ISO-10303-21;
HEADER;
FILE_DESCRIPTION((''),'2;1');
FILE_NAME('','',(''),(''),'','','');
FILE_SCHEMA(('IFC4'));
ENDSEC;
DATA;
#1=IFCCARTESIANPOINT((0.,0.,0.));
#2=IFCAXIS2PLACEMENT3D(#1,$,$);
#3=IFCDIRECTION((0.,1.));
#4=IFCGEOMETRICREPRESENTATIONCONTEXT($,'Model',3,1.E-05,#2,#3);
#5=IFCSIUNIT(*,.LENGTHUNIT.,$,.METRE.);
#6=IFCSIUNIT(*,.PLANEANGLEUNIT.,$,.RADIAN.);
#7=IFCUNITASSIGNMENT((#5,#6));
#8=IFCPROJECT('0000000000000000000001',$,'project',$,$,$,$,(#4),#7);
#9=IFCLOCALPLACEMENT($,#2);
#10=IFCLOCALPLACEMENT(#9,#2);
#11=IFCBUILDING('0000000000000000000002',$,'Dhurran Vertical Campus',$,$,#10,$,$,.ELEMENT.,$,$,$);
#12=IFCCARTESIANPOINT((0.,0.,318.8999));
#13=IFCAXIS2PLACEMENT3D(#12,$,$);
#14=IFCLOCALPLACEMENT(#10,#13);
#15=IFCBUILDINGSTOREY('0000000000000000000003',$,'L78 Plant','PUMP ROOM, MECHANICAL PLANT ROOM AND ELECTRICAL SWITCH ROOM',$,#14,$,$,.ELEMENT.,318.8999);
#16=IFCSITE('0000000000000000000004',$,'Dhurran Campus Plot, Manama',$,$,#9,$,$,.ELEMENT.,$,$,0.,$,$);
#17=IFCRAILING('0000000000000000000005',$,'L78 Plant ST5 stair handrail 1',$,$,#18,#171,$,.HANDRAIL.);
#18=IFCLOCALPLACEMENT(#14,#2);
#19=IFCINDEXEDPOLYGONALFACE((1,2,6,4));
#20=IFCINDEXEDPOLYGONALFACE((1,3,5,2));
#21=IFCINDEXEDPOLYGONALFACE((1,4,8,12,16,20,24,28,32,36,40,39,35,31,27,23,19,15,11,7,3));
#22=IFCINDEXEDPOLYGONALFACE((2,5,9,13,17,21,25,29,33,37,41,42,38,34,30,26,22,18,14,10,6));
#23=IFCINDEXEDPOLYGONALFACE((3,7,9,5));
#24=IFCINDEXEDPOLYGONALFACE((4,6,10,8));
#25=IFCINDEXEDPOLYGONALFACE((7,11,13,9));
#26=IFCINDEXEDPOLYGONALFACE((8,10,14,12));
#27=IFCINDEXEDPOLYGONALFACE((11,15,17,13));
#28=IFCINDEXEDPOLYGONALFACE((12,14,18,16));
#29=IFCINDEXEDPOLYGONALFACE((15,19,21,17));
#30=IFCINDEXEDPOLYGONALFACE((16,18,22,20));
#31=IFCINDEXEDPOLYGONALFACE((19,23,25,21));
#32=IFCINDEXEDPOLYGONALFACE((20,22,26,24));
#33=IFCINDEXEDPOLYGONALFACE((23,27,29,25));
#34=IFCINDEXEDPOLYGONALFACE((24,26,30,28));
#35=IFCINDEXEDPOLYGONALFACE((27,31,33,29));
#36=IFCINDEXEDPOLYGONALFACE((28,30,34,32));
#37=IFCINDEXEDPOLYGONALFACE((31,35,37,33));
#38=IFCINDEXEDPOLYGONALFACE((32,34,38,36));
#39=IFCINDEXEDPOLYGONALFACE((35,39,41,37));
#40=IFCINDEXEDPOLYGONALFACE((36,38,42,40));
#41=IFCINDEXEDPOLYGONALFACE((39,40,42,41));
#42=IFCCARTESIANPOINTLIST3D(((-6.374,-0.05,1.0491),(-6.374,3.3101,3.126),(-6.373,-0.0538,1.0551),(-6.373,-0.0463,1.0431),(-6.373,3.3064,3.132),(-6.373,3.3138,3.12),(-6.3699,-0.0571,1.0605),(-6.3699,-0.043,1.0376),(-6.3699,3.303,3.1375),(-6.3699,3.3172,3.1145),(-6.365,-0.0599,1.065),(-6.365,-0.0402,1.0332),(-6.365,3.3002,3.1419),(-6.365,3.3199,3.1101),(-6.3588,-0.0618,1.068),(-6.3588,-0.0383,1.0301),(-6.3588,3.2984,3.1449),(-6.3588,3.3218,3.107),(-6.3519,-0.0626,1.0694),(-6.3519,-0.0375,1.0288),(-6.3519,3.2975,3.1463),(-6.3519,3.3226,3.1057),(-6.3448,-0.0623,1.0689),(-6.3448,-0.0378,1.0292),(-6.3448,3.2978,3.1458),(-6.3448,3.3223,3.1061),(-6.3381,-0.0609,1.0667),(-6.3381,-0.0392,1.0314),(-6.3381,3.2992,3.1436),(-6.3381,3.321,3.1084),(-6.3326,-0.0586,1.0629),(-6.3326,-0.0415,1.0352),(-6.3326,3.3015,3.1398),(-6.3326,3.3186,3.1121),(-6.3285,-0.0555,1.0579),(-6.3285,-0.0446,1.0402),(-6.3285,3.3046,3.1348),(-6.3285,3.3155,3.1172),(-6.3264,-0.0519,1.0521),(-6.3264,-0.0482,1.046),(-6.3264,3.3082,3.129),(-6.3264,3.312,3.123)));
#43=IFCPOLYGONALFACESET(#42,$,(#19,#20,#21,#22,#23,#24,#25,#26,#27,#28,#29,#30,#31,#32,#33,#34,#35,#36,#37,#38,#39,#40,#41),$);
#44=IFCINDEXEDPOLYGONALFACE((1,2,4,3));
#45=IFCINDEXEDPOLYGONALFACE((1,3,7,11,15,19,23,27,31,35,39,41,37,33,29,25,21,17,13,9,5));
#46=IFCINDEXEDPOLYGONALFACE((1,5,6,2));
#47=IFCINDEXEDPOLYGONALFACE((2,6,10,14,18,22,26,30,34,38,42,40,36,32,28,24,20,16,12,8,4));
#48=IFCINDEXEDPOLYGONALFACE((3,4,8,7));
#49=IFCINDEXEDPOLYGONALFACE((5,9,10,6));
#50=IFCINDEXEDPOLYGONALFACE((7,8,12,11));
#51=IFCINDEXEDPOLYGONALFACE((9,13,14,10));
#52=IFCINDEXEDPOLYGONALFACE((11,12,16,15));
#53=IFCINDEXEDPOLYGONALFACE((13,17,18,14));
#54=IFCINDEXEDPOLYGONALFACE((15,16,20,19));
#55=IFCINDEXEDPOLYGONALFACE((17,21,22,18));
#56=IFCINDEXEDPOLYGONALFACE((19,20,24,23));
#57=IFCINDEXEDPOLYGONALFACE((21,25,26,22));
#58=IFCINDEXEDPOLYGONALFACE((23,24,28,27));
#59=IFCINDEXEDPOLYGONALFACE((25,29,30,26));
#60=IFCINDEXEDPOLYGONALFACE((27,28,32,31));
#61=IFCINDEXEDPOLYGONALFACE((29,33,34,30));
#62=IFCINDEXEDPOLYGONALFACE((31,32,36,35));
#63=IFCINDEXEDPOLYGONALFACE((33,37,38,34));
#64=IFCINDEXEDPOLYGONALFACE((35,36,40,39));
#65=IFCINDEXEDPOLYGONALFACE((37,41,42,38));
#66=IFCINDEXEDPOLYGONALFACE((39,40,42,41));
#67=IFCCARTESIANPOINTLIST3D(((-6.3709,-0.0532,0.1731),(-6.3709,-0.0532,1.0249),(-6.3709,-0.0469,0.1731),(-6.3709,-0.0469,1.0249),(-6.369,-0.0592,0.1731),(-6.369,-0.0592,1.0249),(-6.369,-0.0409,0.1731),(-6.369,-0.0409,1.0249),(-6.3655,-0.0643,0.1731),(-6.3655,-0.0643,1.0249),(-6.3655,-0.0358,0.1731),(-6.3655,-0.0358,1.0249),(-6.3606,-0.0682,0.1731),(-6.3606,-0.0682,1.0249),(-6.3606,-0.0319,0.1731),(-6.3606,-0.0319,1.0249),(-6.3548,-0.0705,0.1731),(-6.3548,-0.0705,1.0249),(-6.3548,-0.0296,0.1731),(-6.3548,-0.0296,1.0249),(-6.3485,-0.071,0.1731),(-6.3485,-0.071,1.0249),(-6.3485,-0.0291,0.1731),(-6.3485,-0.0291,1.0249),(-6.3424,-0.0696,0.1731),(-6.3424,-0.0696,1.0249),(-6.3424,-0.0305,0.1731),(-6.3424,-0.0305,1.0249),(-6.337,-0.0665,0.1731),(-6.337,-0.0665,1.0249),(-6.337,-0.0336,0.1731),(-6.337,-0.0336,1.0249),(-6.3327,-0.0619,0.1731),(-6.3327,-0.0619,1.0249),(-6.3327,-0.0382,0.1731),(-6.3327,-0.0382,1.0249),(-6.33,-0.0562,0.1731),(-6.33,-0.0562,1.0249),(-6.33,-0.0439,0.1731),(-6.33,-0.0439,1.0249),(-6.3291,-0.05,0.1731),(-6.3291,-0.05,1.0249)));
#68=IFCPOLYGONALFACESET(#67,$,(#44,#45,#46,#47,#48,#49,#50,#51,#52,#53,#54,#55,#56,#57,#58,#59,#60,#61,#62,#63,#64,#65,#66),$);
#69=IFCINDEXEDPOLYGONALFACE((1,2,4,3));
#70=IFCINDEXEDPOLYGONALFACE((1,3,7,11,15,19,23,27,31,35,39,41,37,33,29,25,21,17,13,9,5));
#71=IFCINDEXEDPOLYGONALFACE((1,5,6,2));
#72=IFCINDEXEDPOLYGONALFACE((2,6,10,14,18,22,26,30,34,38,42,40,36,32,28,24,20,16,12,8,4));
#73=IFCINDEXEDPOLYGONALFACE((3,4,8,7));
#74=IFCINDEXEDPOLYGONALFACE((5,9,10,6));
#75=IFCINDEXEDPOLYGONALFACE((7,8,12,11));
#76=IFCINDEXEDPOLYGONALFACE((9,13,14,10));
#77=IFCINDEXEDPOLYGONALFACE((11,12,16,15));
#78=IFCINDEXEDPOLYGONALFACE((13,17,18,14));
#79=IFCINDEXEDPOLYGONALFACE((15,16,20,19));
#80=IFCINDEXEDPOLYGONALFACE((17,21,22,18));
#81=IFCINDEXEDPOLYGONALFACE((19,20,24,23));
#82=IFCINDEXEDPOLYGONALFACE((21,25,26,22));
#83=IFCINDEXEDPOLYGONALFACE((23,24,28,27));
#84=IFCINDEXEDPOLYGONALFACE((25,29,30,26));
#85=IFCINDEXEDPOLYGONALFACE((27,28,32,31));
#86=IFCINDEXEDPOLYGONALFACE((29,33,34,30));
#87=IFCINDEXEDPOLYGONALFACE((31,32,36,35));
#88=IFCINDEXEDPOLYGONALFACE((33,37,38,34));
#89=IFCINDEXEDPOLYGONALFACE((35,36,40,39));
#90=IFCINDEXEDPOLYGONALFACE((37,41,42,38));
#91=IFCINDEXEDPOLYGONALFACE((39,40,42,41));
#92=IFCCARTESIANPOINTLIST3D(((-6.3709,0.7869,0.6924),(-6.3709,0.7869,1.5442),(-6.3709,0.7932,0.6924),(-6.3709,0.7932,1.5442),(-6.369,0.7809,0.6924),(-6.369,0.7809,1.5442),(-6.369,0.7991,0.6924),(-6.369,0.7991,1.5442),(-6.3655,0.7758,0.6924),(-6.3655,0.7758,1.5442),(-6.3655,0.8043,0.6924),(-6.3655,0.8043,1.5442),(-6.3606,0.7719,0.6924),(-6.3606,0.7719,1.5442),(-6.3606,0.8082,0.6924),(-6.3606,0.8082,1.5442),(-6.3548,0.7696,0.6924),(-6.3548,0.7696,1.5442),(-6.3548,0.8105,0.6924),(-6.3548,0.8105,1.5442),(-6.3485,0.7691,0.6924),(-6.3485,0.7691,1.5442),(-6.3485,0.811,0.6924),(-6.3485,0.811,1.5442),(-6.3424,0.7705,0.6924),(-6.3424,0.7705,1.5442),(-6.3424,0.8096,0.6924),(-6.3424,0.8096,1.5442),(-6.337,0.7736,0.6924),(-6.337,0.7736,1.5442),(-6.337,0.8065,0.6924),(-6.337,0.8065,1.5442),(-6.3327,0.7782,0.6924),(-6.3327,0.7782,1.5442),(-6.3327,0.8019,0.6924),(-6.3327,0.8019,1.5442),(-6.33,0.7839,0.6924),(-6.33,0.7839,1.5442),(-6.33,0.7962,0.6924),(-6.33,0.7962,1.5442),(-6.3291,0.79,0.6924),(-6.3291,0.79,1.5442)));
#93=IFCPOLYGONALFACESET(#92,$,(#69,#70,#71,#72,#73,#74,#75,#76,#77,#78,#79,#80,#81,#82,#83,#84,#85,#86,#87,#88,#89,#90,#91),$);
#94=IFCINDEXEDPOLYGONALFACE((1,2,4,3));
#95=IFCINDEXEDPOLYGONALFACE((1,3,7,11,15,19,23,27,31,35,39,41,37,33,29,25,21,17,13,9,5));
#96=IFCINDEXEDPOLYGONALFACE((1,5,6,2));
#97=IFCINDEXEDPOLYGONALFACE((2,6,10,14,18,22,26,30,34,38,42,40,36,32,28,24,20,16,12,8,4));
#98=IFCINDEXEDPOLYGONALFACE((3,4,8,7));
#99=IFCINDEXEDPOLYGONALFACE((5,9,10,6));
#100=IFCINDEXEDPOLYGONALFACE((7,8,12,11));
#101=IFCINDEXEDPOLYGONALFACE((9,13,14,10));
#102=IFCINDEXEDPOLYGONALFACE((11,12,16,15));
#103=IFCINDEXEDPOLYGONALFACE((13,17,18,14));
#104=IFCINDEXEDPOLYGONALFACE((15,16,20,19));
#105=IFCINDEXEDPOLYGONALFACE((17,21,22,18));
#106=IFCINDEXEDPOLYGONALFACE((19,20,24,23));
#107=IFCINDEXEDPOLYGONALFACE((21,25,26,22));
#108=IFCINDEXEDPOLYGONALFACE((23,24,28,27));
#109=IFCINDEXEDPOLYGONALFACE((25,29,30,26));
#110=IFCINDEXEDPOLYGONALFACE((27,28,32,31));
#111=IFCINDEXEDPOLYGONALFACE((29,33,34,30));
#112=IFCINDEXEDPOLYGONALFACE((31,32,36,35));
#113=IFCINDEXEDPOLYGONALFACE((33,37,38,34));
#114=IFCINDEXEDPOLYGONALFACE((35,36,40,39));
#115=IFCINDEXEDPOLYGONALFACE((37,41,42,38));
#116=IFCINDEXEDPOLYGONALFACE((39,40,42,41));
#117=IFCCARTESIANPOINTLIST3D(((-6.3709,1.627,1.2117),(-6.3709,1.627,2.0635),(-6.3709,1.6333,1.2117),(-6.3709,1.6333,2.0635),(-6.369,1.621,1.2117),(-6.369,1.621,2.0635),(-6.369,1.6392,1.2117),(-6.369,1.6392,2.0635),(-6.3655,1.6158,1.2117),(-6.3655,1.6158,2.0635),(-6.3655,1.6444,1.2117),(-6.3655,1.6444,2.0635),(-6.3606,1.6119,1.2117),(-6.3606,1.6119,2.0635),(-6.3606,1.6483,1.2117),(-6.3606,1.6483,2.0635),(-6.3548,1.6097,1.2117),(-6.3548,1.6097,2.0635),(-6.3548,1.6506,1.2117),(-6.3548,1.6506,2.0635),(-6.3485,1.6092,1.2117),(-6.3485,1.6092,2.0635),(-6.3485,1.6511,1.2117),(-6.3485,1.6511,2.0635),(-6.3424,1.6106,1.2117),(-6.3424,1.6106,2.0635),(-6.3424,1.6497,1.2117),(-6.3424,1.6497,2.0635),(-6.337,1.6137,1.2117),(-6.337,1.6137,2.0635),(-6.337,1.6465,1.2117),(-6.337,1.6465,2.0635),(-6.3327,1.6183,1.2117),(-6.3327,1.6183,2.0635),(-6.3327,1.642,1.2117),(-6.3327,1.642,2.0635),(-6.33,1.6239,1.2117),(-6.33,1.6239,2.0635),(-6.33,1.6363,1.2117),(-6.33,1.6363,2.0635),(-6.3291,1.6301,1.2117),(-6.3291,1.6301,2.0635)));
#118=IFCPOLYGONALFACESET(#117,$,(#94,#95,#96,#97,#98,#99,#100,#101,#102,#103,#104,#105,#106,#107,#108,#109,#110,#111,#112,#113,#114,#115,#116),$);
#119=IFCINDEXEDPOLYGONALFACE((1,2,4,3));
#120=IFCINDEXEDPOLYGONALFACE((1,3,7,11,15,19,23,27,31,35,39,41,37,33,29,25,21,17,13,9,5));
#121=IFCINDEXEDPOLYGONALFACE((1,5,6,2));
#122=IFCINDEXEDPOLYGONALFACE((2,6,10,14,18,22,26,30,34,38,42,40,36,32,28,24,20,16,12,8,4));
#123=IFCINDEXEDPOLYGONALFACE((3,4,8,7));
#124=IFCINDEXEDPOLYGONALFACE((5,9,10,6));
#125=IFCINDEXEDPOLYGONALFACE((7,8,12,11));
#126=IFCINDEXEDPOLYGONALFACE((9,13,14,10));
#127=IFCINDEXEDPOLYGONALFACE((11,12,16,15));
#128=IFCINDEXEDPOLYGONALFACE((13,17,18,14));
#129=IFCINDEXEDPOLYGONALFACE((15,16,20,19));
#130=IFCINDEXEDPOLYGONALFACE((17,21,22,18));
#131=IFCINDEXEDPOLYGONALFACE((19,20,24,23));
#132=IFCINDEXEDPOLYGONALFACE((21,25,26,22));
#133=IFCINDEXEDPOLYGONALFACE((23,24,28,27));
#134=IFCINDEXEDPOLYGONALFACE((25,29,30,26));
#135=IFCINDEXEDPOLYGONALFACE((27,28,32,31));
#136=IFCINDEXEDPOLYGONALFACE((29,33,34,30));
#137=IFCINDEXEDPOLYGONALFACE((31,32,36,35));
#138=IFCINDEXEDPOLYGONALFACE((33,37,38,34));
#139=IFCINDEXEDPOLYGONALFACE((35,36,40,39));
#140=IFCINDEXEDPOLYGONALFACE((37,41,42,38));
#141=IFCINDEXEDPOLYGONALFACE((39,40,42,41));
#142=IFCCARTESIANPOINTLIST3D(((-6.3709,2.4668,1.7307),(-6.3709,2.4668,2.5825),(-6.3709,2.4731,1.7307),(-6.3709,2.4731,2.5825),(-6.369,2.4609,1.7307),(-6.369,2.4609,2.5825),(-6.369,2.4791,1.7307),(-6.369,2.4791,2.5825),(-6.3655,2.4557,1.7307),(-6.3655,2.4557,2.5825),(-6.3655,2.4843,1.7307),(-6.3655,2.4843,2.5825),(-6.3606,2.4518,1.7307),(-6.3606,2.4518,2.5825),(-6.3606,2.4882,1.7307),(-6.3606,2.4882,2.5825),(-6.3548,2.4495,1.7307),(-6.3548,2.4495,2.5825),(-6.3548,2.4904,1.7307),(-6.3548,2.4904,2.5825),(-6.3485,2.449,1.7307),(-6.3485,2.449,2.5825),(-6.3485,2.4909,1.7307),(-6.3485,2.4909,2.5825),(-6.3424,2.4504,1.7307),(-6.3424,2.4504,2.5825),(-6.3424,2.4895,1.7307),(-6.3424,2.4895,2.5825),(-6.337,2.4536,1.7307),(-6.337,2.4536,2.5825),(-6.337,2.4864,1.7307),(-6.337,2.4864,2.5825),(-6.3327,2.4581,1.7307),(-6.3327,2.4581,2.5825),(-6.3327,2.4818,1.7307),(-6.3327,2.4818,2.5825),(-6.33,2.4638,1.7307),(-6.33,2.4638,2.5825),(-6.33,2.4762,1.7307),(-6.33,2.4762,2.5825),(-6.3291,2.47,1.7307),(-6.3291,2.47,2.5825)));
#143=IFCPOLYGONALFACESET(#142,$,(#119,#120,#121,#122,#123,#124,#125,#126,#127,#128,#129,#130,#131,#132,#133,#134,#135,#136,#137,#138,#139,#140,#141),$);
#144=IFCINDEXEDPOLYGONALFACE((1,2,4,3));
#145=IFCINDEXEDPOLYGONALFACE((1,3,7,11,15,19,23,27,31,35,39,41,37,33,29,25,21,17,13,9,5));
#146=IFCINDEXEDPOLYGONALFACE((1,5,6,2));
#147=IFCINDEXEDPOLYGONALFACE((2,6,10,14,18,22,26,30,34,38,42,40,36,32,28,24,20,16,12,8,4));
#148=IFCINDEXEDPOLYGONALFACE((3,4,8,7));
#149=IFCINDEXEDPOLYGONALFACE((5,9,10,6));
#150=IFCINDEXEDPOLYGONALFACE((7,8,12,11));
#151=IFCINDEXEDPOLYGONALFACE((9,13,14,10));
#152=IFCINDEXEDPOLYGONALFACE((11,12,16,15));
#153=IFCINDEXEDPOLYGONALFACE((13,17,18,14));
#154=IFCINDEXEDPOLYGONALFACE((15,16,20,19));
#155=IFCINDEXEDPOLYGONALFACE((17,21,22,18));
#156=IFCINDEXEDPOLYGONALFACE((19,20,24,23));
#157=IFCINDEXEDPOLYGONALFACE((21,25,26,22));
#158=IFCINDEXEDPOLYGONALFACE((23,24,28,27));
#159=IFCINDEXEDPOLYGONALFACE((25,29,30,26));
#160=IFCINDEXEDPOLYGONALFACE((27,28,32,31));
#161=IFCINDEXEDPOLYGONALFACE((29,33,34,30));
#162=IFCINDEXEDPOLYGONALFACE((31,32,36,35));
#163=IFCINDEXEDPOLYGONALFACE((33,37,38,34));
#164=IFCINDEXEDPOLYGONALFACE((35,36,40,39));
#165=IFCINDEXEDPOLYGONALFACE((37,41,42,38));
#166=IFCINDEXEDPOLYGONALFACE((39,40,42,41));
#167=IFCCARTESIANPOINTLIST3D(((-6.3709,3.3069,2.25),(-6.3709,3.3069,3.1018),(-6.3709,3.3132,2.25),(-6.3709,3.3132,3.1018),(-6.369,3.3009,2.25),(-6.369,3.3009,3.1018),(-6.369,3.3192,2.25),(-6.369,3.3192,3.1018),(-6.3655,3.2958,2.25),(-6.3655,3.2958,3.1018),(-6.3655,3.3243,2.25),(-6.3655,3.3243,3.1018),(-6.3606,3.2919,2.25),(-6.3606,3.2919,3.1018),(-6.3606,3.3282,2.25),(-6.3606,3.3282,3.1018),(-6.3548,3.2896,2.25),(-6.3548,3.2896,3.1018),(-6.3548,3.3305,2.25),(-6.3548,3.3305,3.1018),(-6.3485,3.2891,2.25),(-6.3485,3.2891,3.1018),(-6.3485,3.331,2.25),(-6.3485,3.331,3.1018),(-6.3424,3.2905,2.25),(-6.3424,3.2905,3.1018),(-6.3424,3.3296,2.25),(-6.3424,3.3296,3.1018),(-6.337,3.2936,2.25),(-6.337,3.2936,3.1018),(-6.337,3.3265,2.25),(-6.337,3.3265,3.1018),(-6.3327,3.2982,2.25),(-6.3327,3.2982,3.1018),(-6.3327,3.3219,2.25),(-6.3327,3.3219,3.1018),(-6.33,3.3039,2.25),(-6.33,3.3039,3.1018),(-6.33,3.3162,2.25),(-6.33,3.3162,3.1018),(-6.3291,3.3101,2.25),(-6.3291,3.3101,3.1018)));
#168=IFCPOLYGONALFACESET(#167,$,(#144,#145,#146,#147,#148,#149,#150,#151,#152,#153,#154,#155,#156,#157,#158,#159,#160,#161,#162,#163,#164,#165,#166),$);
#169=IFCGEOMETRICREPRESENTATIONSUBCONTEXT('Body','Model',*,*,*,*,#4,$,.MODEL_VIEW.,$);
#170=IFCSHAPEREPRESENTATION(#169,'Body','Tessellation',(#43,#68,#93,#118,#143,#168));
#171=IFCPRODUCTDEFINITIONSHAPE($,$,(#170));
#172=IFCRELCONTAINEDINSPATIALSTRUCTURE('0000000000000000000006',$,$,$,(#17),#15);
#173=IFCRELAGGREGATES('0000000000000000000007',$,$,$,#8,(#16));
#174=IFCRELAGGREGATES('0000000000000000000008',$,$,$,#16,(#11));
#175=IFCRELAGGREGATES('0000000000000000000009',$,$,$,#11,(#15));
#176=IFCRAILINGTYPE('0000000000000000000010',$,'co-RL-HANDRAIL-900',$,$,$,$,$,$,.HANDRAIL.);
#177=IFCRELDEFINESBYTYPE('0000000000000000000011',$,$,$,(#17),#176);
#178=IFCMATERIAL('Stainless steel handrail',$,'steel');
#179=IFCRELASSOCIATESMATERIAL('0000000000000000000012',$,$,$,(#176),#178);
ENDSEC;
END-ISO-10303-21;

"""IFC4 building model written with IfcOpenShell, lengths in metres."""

from ifc_helpers import new_model, si_unit, direction, frame, origin, origin_2d, place, context, subcontext, project, spatial, circle, extrude, material, type_object, element, save


model = new_model("IFC4")

# Units and contexts
model_context = context("Model", 3, precision=1e-05, world=origin(), true_north=direction((0.0, 1.0)))
body_context = subcontext(model_context, "Body", "Model", "MODEL_VIEW")
ifc_project = project(units=[si_unit("LENGTHUNIT", "METRE"), si_unit("PLANEANGLEUNIT", "RADIAN")], contexts=[model_context])

# Site, building, storey
site_placement = place(None, origin())
site = spatial("IfcSite", under=ifc_project, at=site_placement, Name="Dhurran Campus Plot, Manama", CompositionType="ELEMENT", RefElevation=0.0)
building_placement = place(site_placement, origin())
building = spatial("IfcBuilding", under=site, at=building_placement, Name="Dhurran Vertical Campus", CompositionType="ELEMENT")
storey_placement = place(building_placement, frame((0.0, 0.0, 318.8999)))
storey = spatial("IfcBuildingStorey", under=building, at=storey_placement, Name="L78 Plant", Description="PUMP ROOM, MECHANICAL PLANT ROOM AND ELECTRICAL SWITCH ROOM", CompositionType="ELEMENT", Elevation=318.8999)

# Railing
ifc_material_1 = material(Name="Stainless steel handrail", Category="steel")
railing_type_1 = type_object("IfcRailingType", Name="co-RL-HANDRAIL-900", PredefinedType="HANDRAIL", material=ifc_material_1)
railing_1_placement = place(storey_placement, frame((-6.3501, -0.05, 0.1731)))
element("IfcRailing", 1, at=railing_1_placement, inside=storey, type_object=railing_type_1, Name="L78 Plant ST5 stair handrail 1", PredefinedType="HANDRAIL", context=body_context, shape_type="SweptSolid", body=[
    extrude(circle(Radius=0.0239, at=origin_2d()), frame((0.0, 0.0, 0.876), z_axis=(0.0, 0.850623, 0.525776), x_axis=(-1.0, 0.0, 0.0)), (0.0, 0.0, 1.0), 3.9502),
    extrude(circle(Radius=0.021, at=origin_2d()), origin(), (0.0, 0.0, 1.0), 0.8518),
    extrude(circle(Radius=0.021, at=origin_2d()), frame((0.0, 0.8401, 0.5193)), (0.0, 0.0, 1.0), 0.8518),
    extrude(circle(Radius=0.021, at=origin_2d()), frame((0.0, 1.6802, 1.0386)), (0.0, 0.0, 1.0), 0.8518),
    extrude(circle(Radius=0.021, at=origin_2d()), frame((0.0, 2.52, 1.5576)), (0.0, 0.0, 1.0), 0.8518),
    extrude(circle(Radius=0.021, at=origin_2d()), frame((0.0, 3.3601, 2.0769)), (0.0, 0.0, 1.0), 0.8518),
])

save(model, "model.ifc")
